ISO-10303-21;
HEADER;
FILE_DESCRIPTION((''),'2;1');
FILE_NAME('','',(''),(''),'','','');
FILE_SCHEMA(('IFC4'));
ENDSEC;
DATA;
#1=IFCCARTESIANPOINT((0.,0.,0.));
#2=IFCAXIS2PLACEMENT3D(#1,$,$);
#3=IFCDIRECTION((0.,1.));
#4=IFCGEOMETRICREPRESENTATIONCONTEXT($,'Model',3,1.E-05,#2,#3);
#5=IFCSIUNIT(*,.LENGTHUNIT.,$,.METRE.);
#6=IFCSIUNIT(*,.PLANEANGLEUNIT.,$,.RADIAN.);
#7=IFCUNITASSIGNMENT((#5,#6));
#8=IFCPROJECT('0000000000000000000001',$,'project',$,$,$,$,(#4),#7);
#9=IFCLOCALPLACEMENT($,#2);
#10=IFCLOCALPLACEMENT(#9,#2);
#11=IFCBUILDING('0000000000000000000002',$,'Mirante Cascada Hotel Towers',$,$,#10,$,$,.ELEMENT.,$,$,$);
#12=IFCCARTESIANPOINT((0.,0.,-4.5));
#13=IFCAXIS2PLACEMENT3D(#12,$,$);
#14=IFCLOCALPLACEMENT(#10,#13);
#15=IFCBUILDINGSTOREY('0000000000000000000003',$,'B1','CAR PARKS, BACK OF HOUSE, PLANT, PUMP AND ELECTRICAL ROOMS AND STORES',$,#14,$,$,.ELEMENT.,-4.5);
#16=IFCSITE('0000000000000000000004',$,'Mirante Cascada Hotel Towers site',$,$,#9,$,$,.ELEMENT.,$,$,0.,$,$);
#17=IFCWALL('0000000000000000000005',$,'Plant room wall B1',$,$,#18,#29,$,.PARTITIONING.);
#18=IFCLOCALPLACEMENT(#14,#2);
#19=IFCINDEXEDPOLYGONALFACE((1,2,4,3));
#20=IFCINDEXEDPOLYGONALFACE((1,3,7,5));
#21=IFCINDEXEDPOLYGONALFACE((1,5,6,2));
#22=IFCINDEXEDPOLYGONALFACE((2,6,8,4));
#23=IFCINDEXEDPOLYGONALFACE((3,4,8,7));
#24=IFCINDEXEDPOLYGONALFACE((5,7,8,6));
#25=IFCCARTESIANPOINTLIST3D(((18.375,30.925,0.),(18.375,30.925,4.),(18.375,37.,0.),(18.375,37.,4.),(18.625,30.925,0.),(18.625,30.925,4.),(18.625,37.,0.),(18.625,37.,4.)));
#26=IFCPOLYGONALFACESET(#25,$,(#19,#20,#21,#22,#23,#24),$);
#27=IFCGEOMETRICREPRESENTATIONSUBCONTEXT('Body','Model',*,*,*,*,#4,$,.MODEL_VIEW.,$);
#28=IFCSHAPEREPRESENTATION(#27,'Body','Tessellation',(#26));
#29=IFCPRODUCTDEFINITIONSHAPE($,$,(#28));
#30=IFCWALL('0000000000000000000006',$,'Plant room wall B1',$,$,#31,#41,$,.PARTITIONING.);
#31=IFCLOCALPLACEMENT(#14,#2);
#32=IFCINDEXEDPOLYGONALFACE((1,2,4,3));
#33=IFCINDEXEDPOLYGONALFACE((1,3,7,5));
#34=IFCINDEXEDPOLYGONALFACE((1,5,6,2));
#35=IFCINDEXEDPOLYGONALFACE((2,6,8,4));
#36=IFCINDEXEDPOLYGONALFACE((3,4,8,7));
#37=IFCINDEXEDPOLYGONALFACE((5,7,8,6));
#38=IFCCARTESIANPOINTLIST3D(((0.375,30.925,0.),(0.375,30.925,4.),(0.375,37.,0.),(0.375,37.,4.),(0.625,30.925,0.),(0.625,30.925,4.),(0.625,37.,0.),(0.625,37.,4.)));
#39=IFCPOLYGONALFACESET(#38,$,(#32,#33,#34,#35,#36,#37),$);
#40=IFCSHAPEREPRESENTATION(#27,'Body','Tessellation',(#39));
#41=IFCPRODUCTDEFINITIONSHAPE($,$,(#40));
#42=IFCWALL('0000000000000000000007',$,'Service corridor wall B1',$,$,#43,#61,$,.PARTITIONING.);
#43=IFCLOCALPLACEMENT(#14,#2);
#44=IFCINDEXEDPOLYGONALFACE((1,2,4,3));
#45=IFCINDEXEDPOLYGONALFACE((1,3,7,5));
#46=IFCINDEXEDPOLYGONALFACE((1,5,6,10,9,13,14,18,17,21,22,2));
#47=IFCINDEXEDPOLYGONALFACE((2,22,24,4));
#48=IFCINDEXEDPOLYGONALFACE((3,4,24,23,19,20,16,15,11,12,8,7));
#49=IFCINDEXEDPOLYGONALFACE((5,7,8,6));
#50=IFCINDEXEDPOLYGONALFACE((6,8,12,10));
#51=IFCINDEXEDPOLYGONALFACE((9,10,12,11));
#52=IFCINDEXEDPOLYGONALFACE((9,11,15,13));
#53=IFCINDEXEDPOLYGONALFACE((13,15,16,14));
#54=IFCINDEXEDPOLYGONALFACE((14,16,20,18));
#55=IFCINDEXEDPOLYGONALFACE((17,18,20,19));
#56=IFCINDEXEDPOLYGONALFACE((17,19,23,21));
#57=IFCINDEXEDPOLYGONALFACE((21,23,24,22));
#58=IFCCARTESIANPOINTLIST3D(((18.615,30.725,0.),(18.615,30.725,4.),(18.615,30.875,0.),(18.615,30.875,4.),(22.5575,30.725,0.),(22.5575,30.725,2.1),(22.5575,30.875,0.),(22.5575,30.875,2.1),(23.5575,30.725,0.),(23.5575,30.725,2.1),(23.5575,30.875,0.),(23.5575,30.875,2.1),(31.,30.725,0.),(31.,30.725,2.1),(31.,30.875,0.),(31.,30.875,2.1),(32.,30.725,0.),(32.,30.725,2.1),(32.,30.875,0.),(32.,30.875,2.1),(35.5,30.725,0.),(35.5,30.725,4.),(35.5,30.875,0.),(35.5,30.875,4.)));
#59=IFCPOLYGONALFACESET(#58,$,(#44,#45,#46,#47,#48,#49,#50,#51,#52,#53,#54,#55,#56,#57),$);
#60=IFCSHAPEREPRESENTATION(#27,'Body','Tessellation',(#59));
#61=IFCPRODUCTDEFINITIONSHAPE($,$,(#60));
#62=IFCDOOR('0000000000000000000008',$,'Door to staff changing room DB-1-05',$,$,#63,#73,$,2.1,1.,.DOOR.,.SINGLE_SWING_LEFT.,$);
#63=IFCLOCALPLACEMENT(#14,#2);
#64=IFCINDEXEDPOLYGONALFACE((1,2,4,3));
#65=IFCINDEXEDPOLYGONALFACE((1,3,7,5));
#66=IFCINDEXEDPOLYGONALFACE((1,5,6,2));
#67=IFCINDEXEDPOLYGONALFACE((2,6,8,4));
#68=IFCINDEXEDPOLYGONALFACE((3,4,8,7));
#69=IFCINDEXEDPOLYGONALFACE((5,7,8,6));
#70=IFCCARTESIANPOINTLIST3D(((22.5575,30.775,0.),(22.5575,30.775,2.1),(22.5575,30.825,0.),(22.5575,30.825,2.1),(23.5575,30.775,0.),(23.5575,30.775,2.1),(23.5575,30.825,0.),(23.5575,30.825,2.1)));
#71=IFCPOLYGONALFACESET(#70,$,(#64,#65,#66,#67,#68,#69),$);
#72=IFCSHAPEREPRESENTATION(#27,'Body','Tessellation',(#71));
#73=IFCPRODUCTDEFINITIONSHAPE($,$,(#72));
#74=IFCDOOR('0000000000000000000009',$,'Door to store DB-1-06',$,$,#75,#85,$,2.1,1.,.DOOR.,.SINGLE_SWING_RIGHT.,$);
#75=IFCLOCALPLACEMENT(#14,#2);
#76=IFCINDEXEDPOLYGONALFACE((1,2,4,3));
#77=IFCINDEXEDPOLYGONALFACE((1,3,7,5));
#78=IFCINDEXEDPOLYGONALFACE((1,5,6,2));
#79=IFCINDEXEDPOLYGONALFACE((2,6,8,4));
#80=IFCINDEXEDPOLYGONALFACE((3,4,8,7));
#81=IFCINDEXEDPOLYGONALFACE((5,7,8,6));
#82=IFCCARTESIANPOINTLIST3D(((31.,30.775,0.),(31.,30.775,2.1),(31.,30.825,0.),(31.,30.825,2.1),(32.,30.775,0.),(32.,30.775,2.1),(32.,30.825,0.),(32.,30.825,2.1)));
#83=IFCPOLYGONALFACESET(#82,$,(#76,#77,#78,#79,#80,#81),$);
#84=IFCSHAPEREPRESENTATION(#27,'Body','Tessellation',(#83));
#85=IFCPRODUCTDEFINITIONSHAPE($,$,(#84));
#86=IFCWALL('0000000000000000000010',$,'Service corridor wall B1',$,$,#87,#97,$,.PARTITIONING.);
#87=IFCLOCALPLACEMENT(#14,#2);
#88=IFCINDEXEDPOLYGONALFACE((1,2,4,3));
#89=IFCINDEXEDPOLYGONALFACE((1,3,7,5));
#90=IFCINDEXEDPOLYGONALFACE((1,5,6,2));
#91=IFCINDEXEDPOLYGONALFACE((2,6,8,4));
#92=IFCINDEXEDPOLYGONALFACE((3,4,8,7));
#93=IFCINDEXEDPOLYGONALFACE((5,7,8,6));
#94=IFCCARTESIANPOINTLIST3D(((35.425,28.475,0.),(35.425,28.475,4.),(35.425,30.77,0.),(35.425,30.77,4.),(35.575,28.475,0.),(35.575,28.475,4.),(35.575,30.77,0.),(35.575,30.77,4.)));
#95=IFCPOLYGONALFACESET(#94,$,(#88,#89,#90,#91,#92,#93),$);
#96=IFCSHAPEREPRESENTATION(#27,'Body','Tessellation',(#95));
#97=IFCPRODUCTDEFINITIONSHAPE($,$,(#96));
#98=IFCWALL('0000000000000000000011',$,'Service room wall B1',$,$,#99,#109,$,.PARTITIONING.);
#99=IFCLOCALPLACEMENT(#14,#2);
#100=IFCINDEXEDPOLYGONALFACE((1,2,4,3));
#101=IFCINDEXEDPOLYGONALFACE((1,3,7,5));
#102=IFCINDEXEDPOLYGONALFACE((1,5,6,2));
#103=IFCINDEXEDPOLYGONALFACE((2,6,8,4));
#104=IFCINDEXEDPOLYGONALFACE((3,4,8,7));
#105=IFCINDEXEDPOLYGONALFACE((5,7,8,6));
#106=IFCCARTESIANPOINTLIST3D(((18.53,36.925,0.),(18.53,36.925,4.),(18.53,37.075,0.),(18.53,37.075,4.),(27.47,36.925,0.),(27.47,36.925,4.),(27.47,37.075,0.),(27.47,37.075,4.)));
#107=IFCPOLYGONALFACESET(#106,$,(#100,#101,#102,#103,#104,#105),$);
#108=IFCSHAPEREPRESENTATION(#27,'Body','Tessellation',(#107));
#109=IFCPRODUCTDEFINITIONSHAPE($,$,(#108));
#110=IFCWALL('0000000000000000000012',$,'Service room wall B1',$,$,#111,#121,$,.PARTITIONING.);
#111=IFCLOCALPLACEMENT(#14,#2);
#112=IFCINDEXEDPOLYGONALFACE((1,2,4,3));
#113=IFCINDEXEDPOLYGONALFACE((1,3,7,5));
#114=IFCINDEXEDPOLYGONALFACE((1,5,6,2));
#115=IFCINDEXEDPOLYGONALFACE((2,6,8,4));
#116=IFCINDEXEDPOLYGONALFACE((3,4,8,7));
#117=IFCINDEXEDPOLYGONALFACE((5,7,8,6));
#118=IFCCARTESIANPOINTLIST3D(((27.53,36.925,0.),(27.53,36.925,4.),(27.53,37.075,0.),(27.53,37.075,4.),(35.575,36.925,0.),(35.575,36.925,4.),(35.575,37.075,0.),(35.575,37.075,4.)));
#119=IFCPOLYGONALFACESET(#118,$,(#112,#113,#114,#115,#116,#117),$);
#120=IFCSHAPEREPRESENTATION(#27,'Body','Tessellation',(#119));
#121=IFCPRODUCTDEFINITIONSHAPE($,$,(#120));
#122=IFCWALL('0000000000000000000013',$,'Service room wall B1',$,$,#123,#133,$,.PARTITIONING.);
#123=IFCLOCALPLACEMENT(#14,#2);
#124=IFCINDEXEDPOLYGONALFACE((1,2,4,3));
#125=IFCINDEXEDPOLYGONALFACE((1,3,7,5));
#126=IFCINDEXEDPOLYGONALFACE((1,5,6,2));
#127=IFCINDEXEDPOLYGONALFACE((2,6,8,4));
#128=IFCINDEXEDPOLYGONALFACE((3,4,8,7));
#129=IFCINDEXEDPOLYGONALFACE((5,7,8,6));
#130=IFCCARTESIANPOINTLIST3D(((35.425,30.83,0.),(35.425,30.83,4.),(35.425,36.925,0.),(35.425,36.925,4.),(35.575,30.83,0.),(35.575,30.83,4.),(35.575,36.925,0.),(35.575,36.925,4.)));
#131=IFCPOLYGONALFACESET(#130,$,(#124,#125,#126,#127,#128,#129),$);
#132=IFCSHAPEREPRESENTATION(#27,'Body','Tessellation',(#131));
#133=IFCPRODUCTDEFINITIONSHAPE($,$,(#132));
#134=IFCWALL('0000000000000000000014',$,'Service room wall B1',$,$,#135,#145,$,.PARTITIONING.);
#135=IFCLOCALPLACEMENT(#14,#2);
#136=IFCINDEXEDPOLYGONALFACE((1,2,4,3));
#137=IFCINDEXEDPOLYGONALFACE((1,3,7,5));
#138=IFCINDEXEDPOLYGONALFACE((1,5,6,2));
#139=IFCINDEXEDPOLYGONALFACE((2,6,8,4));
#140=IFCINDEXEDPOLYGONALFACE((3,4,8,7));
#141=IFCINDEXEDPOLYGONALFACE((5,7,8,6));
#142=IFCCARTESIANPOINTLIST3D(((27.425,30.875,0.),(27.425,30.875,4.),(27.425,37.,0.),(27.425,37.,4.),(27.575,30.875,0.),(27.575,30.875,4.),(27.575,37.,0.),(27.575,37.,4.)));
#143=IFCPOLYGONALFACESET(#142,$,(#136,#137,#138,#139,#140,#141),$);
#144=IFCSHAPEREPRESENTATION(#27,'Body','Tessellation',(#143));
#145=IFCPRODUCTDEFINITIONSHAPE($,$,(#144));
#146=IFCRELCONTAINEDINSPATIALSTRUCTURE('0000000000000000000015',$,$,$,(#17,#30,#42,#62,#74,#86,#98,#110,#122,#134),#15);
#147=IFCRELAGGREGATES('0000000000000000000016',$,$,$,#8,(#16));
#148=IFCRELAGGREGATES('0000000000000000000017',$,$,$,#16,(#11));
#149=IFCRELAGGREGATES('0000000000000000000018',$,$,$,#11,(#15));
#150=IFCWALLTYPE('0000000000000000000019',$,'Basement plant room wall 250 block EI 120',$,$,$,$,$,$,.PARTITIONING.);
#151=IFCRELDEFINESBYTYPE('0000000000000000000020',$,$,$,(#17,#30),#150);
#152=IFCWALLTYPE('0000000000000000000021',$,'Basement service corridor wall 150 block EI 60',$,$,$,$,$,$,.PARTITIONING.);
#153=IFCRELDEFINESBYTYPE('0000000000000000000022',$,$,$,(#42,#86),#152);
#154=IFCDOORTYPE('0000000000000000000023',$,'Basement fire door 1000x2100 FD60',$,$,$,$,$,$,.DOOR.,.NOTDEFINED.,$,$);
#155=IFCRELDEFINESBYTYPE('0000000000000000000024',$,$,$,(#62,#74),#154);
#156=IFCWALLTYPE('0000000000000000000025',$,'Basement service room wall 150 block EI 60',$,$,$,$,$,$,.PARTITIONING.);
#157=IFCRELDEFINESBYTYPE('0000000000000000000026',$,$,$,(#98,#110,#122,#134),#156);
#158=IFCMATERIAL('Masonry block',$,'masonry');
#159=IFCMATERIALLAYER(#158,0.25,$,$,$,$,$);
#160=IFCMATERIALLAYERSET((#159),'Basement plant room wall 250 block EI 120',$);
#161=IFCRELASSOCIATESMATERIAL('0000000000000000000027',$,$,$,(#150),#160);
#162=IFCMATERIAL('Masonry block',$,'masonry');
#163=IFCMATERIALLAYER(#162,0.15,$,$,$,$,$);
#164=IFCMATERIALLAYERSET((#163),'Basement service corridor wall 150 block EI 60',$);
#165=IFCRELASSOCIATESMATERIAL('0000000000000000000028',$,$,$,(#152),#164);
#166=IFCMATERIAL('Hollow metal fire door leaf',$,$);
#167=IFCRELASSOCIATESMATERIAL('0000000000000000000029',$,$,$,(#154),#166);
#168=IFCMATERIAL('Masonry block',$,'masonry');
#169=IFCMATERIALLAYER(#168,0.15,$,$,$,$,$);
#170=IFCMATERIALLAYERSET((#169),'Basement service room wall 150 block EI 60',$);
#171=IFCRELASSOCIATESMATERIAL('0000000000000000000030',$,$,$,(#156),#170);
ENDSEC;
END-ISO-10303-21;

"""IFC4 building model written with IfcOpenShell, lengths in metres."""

from ifc_helpers import new_model, si_unit, direction, frame, frame_2d, origin, place, context, subcontext, project, spatial, rectangle, extrude, material, layer, layer_set, type_object, element, fill, save


model = new_model("IFC4")

# Units and contexts
model_context = context("Model", 3, precision=1e-05, world=origin(), true_north=direction((0.0, 1.0)))
body_context = subcontext(model_context, "Body", "Model", "MODEL_VIEW")
ifc_project = project(units=[si_unit("LENGTHUNIT", "METRE"), si_unit("PLANEANGLEUNIT", "RADIAN")], contexts=[model_context])

# Site, building, storey
site_placement = place(None, origin())
site = spatial("IfcSite", under=ifc_project, at=site_placement, Name="Mirante Cascada Hotel Towers site", CompositionType="ELEMENT", RefElevation=0.0)
building_placement = place(site_placement, origin())
building = spatial("IfcBuilding", under=site, at=building_placement, Name="Mirante Cascada Hotel Towers", CompositionType="ELEMENT")
storey_placement = place(building_placement, frame((0.0, 0.0, -4.5)))
storey = spatial("IfcBuildingStorey", under=building, at=storey_placement, Name="B1", Description="CAR PARKS, BACK OF HOUSE, PLANT, PUMP AND ELECTRICAL ROOMS AND STORES", CompositionType="ELEMENT", Elevation=-4.5)

# Walls
ifc_material_1 = material(Name="Masonry block", Category="masonry")
ifc_layer_1 = layer(ifc_material_1, 0.25)
ifc_layer_set_1 = layer_set([ifc_layer_1], Name="Basement plant room wall 250 block EI 120")
wall_type_1 = type_object("IfcWallType", Name="Basement plant room wall 250 block EI 120", PredefinedType="PARTITIONING", material=ifc_layer_set_1)
for number, where, z_axis, x_axis, name in (
    (1, (18.5, 30.925, 0.0), (0.0, 0.0, 1.0), (0.0, 1.0, 0.0), "Plant room wall B1"),
    (2, (0.5, 30.925, 0.0), (0.0, 0.0, 1.0), (0.0, 1.0, 0.0), "Plant room wall B1"),
):
    element("IfcWall", number, at=place(storey_placement, frame(where, z_axis=z_axis, x_axis=x_axis)), inside=storey, type_object=wall_type_1, Name=name, PredefinedType="PARTITIONING", context=body_context, shape_type="SweptSolid", body=[
        extrude(rectangle(XDim=6.075, YDim=0.25, at=frame_2d((3.0375, 0.0))), origin(), (0.0, 0.0, 1.0), 4.0),
    ])

# Wall, openings, doors
ifc_material_2 = material(Name="Masonry block", Category="masonry")
ifc_layer_2 = layer(ifc_material_2, 0.15)
ifc_layer_set_2 = layer_set([ifc_layer_2], Name="Basement service corridor wall 150 block EI 60")
wall_type_2 = type_object("IfcWallType", Name="Basement service corridor wall 150 block EI 60", PredefinedType="PARTITIONING", material=ifc_layer_set_2)
wall_1_placement = place(storey_placement, frame((18.615, 30.8, 0.0), z_axis=(0.0, 0.0, 1.0), x_axis=(1.0, 0.0, 0.0)))
wall_1 = element("IfcWall", 3, at=wall_1_placement, inside=storey, type_object=wall_type_2, Name="Service corridor wall B1", PredefinedType="PARTITIONING", context=body_context, shape_type="SweptSolid", body=[
    extrude(rectangle(XDim=16.885, YDim=0.15, at=frame_2d((8.4425, 0.0))), origin(), (0.0, 0.0, 1.0), 4.0),
])
opening_1_placement = place(wall_1_placement, frame((3.9425, 0.0, 0.0)))
opening_1 = element("IfcOpeningElement", 4, at=opening_1_placement, cuts=wall_1, PredefinedType="OPENING", context=body_context, shape_type="SweptSolid", body=[
    extrude(rectangle(XDim=1.0, YDim=2.1, at=frame_2d((0.5, 1.05))), frame((0.0, 0.075, 0.0), z_axis=(0.0, -1.0, 0.0), x_axis=(1.0, 0.0, 0.0)), (0.0, 0.0, 1.0), 0.15),
])
opening_2_placement = place(wall_1_placement, frame((12.385, 0.0, 0.0)))
opening_2 = element("IfcOpeningElement", 5, at=opening_2_placement, cuts=wall_1, PredefinedType="OPENING", context=body_context, shape_type="SweptSolid", body=[
    extrude(rectangle(XDim=1.0, YDim=2.1, at=frame_2d((0.5, 1.05))), frame((0.0, 0.075, 0.0), z_axis=(0.0, -1.0, 0.0), x_axis=(1.0, 0.0, 0.0)), (0.0, 0.0, 1.0), 0.15),
])
ifc_material_3 = material(Name="Hollow metal fire door leaf")
door_type = type_object("IfcDoorType", Name="Basement fire door 1000x2100 FD60", OperationType="NOTDEFINED", PredefinedType="DOOR", material=ifc_material_3)
door_1_placement = place(opening_1_placement, origin())
door_1 = element("IfcDoor", 6, at=door_1_placement, inside=storey, type_object=door_type, Name="Door to staff changing room DB-1-05", OperationType="SINGLE_SWING_LEFT", OverallHeight=2.1, OverallWidth=1.0, PredefinedType="DOOR", context=body_context, shape_type="SweptSolid", body=[
    extrude(rectangle(XDim=1.0, YDim=2.1, at=frame_2d((0.5, 1.05))), frame((0.0, 0.025, 0.0), z_axis=(0.0, -1.0, 0.0), x_axis=(1.0, 0.0, 0.0)), (0.0, 0.0, 1.0), 0.05),
])
fill(opening_1, door_1)
door_2_placement = place(opening_2_placement, origin())
door_2 = element("IfcDoor", 7, at=door_2_placement, inside=storey, type_object=door_type, Name="Door to store DB-1-06", OperationType="SINGLE_SWING_RIGHT", OverallHeight=2.1, OverallWidth=1.0, PredefinedType="DOOR", context=body_context, shape_type="SweptSolid", body=[
    extrude(rectangle(XDim=1.0, YDim=2.1, at=frame_2d((0.5, 1.05))), frame((0.0, 0.025, 0.0), z_axis=(0.0, -1.0, 0.0), x_axis=(1.0, 0.0, 0.0)), (0.0, 0.0, 1.0), 0.05),
])
fill(opening_2, door_2)

# Walls
wall_2_placement = place(storey_placement, frame((35.5, 28.475, 0.0), z_axis=(0.0, 0.0, 1.0), x_axis=(0.0, 1.0, 0.0)))
element("IfcWall", 8, at=wall_2_placement, inside=storey, type_object=wall_type_2, Name="Service corridor wall B1", PredefinedType="PARTITIONING", context=body_context, shape_type="SweptSolid", body=[
    extrude(rectangle(XDim=2.295, YDim=0.15, at=frame_2d((1.1475, 0.0))), origin(), (0.0, 0.0, 1.0), 4.0),
])
ifc_material_4 = material(Name="Masonry block", Category="masonry")
ifc_layer_3 = layer(ifc_material_4, 0.15)
ifc_layer_set_3 = layer_set([ifc_layer_3], Name="Basement service room wall 150 block EI 60")
wall_type_3 = type_object("IfcWallType", Name="Basement service room wall 150 block EI 60", PredefinedType="PARTITIONING", material=ifc_layer_set_3)
wall_3_placement = place(storey_placement, frame((18.53, 37.0, 0.0), z_axis=(0.0, 0.0, 1.0), x_axis=(1.0, 0.0, 0.0)))
element("IfcWall", 9, at=wall_3_placement, inside=storey, type_object=wall_type_3, Name="Service room wall B1", PredefinedType="PARTITIONING", context=body_context, shape_type="SweptSolid", body=[
    extrude(rectangle(XDim=8.94, YDim=0.15, at=frame_2d((4.47, 0.0))), origin(), (0.0, 0.0, 1.0), 4.0),
])
wall_4_placement = place(storey_placement, frame((27.53, 37.0, 0.0), z_axis=(0.0, 0.0, 1.0), x_axis=(1.0, 0.0, 0.0)))
element("IfcWall", 10, at=wall_4_placement, inside=storey, type_object=wall_type_3, Name="Service room wall B1", PredefinedType="PARTITIONING", context=body_context, shape_type="SweptSolid", body=[
    extrude(rectangle(XDim=8.045, YDim=0.15, at=frame_2d((4.0225, 0.0))), origin(), (0.0, 0.0, 1.0), 4.0),
])
wall_5_placement = place(storey_placement, frame((35.5, 30.83, 0.0), z_axis=(0.0, 0.0, 1.0), x_axis=(0.0, 1.0, 0.0)))
element("IfcWall", 11, at=wall_5_placement, inside=storey, type_object=wall_type_3, Name="Service room wall B1", PredefinedType="PARTITIONING", context=body_context, shape_type="SweptSolid", body=[
    extrude(rectangle(XDim=6.095, YDim=0.15, at=frame_2d((3.0475, 0.0))), origin(), (0.0, 0.0, 1.0), 4.0),
])
wall_6_placement = place(storey_placement, frame((27.5, 30.875, 0.0), z_axis=(0.0, 0.0, 1.0), x_axis=(0.0, 1.0, 0.0)))
element("IfcWall", 12, at=wall_6_placement, inside=storey, type_object=wall_type_3, Name="Service room wall B1", PredefinedType="PARTITIONING", context=body_context, shape_type="SweptSolid", body=[
    extrude(rectangle(XDim=6.125, YDim=0.15, at=frame_2d((3.0625, 0.0))), origin(), (0.0, 0.0, 1.0), 4.0),
])

save(model, "model.ifc")
